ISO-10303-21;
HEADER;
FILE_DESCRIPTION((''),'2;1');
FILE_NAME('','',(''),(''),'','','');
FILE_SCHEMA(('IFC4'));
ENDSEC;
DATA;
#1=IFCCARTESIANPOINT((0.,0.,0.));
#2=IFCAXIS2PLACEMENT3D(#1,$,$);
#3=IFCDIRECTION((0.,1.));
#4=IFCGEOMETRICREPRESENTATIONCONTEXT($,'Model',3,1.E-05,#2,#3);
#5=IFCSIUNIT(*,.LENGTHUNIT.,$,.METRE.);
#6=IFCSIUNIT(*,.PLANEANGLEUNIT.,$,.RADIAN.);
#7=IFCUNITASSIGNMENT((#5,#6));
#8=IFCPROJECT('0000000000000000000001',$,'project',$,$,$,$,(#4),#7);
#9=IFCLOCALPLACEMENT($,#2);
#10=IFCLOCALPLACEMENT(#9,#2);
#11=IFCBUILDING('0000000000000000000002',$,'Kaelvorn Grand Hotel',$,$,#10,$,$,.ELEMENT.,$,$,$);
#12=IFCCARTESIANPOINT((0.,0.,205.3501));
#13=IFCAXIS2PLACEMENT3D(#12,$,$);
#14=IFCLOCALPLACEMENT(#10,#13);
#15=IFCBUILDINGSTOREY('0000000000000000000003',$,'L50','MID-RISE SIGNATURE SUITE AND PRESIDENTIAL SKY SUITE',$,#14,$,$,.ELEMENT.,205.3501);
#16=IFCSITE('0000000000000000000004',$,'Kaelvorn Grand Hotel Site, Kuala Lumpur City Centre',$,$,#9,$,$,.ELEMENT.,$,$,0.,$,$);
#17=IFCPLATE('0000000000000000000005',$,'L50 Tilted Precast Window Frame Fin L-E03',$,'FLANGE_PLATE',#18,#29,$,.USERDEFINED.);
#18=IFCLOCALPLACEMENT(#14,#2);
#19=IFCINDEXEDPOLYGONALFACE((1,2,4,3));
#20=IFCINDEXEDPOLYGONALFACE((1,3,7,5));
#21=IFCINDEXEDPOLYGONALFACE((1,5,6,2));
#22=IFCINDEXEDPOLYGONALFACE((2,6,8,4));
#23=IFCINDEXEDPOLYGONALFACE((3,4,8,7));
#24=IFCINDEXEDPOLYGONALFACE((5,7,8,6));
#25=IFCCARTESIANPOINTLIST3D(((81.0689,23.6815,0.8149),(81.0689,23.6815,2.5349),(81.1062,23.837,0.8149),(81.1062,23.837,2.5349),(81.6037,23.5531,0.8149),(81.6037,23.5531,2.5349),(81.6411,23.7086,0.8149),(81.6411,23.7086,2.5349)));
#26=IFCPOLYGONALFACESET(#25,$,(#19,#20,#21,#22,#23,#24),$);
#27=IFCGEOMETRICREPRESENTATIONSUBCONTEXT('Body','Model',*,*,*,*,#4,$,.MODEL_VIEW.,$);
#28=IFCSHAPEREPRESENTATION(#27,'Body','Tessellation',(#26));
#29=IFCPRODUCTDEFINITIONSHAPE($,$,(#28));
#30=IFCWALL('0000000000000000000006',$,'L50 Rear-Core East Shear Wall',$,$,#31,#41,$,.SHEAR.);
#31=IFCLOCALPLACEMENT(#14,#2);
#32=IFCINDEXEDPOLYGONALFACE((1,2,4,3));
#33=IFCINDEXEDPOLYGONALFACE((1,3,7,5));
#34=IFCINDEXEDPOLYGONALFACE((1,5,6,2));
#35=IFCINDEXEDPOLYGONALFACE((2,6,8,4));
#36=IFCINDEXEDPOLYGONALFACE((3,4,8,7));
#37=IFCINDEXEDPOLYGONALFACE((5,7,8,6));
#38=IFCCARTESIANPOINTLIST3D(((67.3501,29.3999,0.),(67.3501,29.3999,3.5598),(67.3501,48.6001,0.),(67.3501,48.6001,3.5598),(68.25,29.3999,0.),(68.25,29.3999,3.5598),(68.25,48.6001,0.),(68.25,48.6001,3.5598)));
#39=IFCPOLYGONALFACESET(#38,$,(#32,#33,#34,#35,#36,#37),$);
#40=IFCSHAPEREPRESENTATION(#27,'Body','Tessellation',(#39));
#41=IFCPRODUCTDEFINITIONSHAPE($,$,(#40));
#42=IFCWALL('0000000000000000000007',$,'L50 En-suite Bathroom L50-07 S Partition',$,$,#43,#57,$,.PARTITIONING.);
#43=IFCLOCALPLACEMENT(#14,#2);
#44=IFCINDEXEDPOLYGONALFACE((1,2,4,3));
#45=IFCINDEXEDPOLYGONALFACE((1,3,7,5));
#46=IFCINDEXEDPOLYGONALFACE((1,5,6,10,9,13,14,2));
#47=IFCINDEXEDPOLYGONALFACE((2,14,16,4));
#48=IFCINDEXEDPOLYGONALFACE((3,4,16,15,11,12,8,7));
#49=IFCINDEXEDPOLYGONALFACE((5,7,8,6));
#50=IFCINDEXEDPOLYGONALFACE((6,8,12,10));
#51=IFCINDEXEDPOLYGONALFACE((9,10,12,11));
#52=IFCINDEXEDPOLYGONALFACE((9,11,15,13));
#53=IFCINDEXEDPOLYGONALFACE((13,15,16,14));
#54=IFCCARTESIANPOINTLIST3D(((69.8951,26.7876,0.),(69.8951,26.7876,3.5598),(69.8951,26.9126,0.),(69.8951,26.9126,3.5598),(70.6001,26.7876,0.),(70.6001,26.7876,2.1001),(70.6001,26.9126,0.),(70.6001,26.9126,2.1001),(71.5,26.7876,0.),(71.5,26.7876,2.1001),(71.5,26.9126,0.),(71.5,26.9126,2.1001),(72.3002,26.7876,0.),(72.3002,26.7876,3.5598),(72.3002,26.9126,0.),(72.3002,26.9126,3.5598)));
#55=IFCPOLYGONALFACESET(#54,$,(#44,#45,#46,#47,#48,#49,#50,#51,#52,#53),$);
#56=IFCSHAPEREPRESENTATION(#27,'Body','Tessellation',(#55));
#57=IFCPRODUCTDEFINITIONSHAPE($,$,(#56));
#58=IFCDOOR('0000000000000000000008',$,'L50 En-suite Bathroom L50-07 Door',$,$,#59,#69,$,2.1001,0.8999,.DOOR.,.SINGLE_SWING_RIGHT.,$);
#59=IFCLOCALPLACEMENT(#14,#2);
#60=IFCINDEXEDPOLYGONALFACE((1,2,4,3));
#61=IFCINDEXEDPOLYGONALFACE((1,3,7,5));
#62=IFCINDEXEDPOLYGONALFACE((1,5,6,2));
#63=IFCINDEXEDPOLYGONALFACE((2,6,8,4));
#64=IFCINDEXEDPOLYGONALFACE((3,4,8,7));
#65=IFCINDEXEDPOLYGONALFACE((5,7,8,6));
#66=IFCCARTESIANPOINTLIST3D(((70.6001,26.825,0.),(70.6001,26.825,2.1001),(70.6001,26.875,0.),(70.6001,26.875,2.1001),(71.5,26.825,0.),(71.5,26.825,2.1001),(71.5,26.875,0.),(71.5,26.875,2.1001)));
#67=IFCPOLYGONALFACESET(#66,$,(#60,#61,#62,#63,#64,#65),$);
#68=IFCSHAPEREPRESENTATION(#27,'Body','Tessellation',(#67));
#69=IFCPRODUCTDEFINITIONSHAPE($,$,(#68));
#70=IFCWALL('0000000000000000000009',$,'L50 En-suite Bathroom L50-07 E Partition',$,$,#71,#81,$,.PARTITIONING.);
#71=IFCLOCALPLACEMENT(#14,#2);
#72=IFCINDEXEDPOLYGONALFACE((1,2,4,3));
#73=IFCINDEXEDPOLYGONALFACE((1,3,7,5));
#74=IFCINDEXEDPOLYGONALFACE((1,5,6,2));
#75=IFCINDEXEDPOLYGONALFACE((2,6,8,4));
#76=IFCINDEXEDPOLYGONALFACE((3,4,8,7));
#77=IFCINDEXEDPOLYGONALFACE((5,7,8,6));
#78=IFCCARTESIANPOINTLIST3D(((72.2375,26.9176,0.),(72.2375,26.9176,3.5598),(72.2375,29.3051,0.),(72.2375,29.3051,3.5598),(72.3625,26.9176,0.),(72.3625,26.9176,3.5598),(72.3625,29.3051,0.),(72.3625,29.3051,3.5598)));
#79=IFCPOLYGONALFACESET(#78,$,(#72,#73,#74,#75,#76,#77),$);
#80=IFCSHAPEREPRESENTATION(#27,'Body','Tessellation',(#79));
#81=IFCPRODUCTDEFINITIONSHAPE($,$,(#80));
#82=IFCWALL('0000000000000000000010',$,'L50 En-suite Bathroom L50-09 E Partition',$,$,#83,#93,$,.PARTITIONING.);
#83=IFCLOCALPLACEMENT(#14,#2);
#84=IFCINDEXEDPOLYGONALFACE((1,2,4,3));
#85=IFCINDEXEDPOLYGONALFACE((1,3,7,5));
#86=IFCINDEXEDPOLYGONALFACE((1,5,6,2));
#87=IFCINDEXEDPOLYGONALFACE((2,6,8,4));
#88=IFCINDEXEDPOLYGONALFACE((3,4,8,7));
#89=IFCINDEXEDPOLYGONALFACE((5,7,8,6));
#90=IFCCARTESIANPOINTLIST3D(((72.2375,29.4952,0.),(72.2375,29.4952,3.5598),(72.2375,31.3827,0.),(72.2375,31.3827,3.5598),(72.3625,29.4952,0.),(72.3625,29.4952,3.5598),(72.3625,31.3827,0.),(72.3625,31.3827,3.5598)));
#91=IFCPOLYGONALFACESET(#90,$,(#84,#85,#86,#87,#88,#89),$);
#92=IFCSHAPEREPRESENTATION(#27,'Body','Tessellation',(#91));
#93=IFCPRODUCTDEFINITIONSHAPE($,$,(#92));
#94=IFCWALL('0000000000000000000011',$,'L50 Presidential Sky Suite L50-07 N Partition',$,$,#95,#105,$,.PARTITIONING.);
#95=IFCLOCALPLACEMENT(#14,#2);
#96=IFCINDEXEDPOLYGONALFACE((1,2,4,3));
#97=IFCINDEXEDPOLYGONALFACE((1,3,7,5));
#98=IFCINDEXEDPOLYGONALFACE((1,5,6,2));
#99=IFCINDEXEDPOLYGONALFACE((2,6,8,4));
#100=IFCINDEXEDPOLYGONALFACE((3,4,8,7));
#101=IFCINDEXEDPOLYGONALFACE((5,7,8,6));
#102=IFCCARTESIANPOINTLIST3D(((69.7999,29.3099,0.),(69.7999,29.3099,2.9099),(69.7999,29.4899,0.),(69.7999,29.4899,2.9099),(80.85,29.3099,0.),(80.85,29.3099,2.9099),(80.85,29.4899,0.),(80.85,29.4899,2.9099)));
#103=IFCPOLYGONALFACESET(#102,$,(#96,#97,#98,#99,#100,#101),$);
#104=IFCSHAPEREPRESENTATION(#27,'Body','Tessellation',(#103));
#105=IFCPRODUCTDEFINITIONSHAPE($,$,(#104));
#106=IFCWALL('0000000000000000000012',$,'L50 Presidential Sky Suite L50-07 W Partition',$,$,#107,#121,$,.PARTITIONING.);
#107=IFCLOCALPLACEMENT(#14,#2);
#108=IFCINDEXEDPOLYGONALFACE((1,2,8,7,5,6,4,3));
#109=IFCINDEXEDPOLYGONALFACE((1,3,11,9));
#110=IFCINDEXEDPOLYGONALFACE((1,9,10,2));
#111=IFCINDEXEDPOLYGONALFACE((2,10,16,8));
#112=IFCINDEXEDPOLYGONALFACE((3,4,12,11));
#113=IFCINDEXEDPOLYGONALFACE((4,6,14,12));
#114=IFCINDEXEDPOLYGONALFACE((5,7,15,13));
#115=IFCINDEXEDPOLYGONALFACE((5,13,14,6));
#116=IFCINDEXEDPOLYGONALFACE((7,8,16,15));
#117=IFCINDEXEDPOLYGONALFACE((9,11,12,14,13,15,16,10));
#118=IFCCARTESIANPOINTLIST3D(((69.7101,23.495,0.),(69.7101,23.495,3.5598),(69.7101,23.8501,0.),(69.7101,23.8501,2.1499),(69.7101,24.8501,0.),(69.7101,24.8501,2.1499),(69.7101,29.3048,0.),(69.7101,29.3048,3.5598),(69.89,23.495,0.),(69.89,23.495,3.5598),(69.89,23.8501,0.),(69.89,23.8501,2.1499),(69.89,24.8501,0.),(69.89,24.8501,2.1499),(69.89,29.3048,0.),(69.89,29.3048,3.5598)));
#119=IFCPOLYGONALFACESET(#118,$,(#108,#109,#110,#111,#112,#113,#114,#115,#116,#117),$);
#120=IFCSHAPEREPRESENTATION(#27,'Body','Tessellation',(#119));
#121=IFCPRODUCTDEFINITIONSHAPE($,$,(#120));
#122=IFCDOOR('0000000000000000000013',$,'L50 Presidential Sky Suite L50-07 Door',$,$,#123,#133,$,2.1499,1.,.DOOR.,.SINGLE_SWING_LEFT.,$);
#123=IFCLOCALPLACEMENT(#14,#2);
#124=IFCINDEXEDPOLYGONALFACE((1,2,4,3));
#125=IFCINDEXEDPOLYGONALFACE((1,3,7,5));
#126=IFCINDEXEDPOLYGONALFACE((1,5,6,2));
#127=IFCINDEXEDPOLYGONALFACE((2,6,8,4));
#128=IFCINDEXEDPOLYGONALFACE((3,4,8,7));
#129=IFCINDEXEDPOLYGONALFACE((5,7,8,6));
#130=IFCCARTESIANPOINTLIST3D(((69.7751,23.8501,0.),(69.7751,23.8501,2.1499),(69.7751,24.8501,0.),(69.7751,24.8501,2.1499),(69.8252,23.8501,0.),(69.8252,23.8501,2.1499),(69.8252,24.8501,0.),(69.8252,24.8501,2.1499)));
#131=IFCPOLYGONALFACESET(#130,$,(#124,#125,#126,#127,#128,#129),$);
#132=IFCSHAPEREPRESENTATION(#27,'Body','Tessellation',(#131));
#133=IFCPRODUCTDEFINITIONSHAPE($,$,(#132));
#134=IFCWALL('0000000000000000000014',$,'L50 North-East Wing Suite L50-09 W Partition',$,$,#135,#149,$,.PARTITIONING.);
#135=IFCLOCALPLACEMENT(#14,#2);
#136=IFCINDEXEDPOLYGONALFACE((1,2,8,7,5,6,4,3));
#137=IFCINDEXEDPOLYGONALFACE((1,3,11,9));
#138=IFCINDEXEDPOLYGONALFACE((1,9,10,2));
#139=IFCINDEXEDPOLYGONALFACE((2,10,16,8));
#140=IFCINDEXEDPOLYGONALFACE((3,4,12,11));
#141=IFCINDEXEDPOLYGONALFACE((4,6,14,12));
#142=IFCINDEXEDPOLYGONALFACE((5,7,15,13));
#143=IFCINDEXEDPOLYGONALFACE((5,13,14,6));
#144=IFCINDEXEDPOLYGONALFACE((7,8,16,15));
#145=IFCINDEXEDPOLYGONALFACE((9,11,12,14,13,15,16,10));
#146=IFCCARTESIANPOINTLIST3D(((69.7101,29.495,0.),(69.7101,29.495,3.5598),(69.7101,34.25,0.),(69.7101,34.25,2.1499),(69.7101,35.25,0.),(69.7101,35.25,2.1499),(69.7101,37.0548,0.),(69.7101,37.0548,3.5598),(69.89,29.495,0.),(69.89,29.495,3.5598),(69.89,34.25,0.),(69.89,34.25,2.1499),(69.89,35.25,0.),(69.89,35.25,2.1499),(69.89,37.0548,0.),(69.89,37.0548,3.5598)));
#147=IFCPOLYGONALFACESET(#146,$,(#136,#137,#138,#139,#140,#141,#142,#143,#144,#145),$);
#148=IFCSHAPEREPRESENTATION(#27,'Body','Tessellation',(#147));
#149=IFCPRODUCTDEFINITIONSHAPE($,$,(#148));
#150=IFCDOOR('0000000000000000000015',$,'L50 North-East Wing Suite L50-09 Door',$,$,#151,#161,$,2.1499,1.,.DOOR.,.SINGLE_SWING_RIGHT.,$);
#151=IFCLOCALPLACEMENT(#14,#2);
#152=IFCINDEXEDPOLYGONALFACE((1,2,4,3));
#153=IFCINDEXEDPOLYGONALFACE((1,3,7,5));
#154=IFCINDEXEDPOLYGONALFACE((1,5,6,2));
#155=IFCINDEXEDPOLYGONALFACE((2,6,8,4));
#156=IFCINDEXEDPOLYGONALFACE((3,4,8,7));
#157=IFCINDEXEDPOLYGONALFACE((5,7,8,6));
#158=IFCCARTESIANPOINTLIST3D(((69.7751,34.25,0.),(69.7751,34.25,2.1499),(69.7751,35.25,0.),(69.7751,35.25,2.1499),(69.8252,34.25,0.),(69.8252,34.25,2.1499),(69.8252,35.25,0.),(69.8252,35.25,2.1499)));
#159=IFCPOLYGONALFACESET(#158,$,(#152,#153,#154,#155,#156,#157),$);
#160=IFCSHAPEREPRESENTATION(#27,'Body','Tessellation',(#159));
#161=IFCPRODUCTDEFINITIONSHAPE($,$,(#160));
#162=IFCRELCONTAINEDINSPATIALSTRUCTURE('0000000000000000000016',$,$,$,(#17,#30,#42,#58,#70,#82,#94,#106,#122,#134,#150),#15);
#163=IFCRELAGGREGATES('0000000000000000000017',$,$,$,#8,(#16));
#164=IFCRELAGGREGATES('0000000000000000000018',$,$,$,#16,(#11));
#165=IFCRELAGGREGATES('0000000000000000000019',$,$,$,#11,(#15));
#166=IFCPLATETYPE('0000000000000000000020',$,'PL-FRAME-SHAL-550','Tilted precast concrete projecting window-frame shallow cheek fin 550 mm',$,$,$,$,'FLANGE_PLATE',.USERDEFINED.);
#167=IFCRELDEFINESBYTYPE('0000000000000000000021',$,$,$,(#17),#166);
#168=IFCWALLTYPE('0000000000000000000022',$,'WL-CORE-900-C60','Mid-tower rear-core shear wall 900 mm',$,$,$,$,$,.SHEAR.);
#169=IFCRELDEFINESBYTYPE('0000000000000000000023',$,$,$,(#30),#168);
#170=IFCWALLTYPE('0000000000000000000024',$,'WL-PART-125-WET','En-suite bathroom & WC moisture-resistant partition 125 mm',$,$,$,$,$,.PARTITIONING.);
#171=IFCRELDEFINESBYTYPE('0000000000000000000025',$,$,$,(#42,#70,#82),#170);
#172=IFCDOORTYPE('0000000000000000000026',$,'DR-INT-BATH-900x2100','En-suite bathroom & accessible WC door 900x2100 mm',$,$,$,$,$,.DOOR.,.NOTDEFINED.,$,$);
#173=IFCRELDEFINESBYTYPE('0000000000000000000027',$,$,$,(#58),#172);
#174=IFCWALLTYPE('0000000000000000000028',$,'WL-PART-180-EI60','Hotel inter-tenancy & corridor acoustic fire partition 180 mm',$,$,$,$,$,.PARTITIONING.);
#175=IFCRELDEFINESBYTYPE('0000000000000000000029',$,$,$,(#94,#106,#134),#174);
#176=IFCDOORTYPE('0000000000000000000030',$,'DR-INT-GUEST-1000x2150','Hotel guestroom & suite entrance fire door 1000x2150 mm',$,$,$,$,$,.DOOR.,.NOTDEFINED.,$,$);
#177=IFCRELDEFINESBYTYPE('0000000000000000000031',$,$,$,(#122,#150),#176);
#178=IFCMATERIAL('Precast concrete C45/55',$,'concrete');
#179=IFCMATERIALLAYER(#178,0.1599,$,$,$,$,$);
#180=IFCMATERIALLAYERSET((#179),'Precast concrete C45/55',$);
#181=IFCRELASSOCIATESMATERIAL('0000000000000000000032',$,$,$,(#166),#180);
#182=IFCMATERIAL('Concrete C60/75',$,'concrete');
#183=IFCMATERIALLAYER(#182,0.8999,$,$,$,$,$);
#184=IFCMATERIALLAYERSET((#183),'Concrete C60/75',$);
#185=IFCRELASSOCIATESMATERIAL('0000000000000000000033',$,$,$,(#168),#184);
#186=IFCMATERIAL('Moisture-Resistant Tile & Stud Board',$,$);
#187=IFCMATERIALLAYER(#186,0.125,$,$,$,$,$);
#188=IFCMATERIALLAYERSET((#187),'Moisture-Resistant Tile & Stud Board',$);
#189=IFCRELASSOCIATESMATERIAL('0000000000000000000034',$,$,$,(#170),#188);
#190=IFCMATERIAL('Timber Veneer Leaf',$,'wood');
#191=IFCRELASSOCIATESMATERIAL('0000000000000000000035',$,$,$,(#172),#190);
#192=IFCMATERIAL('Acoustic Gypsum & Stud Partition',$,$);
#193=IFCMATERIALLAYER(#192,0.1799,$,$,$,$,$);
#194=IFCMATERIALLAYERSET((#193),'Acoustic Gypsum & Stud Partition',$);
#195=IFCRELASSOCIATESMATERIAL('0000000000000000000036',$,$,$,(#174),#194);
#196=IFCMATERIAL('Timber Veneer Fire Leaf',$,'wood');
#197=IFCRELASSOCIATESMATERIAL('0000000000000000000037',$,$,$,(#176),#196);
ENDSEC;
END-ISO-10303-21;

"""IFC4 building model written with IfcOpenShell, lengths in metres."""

from ifc_helpers import new_model, si_unit, direction, frame, frame_2d, origin, origin_2d, place, context, subcontext, project, spatial, rectangle, extrude, material, layer, layer_set, type_object, element, fill, save


model = new_model("IFC4")

# Units and contexts
model_context = context("Model", 3, precision=1e-05, world=origin(), true_north=direction((0.0, 1.0)))
body_context = subcontext(model_context, "Body", "Model", "MODEL_VIEW")
ifc_project = project(units=[si_unit("LENGTHUNIT", "METRE"), si_unit("PLANEANGLEUNIT", "RADIAN")], contexts=[model_context])

# Site, building, storey
site_placement = place(None, origin())
site = spatial("IfcSite", under=ifc_project, at=site_placement, Name="Kaelvorn Grand Hotel Site, Kuala Lumpur City Centre", CompositionType="ELEMENT", RefElevation=0.0)
building_placement = place(site_placement, origin())
building = spatial("IfcBuilding", under=site, at=building_placement, Name="Kaelvorn Grand Hotel", CompositionType="ELEMENT")
storey_placement = place(building_placement, frame((0.0, 0.0, 205.3501)))
storey = spatial("IfcBuildingStorey", under=building, at=storey_placement, Name="L50", Description="MID-RISE SIGNATURE SUITE AND PRESIDENTIAL SKY SUITE", CompositionType="ELEMENT", Elevation=205.3501)

# Shared definitions
ifc_material_1 = material(Name="Concrete C60/75", Category="concrete")

# Plate
ifc_material_2 = material(Name="Precast concrete C45/55", Category="concrete")
ifc_layer_1 = layer(ifc_material_2, 0.1599)
ifc_layer_set_1 = layer_set([ifc_layer_1], Name="Precast concrete C45/55")
plate_type_1 = type_object("IfcPlateType", Name="PL-FRAME-SHAL-550", Description="Tilted precast concrete projecting window-frame shallow cheek fin 550 mm", ElementType="FLANGE_PLATE", PredefinedType="USERDEFINED", material=ifc_layer_set_1)
for number, where, z_axis, x_axis, name in (
    (1, (81.355, 23.6951, 0.8149), (0.0, 0.0, 1.0), (0.233445, 0.97237, 0.0), "L50 Tilted Precast Window Frame Fin L-E03"),
):
    element("IfcPlate", number, at=place(storey_placement, frame(where, z_axis=z_axis, x_axis=x_axis)), inside=storey, type_object=plate_type_1, Name=name, ObjectType="FLANGE_PLATE", PredefinedType="USERDEFINED", context=body_context, shape_type="SweptSolid", body=[
        extrude(rectangle(XDim=0.1599, YDim=0.55, at=origin_2d()), origin(), (0.0, 0.0, 1.0), 1.72),
    ])

# Wall
ifc_layer_2 = layer(ifc_material_1, 0.8999)
ifc_layer_set_2 = layer_set([ifc_layer_2], Name="Concrete C60/75")
wall_type_1 = type_object("IfcWallType", Name="WL-CORE-900-C60", Description="Mid-tower rear-core shear wall 900 mm", PredefinedType="SHEAR", material=ifc_layer_set_2)
wall_1_placement = place(storey_placement, frame((67.8, 29.3999, 0.0), z_axis=(0.0, 0.0, 1.0), x_axis=(0.0, 1.0, 0.0)))
element("IfcWall", 2, at=wall_1_placement, inside=storey, type_object=wall_type_1, Name="L50 Rear-Core East Shear Wall", PredefinedType="SHEAR", context=body_context, shape_type="SweptSolid", body=[
    extrude(rectangle(XDim=19.2002, YDim=0.8999, at=frame_2d((9.6001, 0.0))), origin(), (0.0, 0.0, 1.0), 3.5598),
])

# Wall, opening, door
ifc_material_3 = material(Name="Moisture-Resistant Tile & Stud Board")
ifc_layer_3 = layer(ifc_material_3, 0.125)
ifc_layer_set_3 = layer_set([ifc_layer_3], Name="Moisture-Resistant Tile & Stud Board")
wall_type_2 = type_object("IfcWallType", Name="WL-PART-125-WET", Description="En-suite bathroom & WC moisture-resistant partition 125 mm", PredefinedType="PARTITIONING", material=ifc_layer_set_3)
wall_2_placement = place(storey_placement, frame((69.895, 26.8501, 0.0), z_axis=(0.0, 0.0, 1.0), x_axis=(1.0, 0.0, 0.0)))
wall_2 = element("IfcWall", 3, at=wall_2_placement, inside=storey, type_object=wall_type_2, Name="L50 En-suite Bathroom L50-07 S Partition", PredefinedType="PARTITIONING", context=body_context, shape_type="SweptSolid", body=[
    extrude(rectangle(XDim=2.405, YDim=0.125, at=frame_2d((1.2026, 0.0))), origin(), (0.0, 0.0, 1.0), 3.5598),
])
opening_1_placement = place(wall_2_placement, frame((0.7051, 0.0, 0.0)))
opening_1 = element("IfcOpeningElement", 4, at=opening_1_placement, cuts=wall_2, PredefinedType="OPENING", context=body_context, shape_type="SweptSolid", body=[
    extrude(rectangle(XDim=0.8999, YDim=2.1001, at=frame_2d((0.45, 1.05))), frame((0.0, 0.0725, 0.0), z_axis=(0.0, -1.0, 0.0), x_axis=(1.0, 0.0, 0.0)), (0.0, 0.0, 1.0), 0.145),
])
ifc_material_4 = material(Name="Timber Veneer Leaf", Category="wood")
door_type_1 = type_object("IfcDoorType", Name="DR-INT-BATH-900x2100", Description="En-suite bathroom & accessible WC door 900x2100 mm", OperationType="NOTDEFINED", PredefinedType="DOOR", material=ifc_material_4)
door_1_placement = place(opening_1_placement, origin())
door_1 = element("IfcDoor", 5, at=door_1_placement, inside=storey, type_object=door_type_1, Name="L50 En-suite Bathroom L50-07 Door", OperationType="SINGLE_SWING_RIGHT", OverallHeight=2.1001, OverallWidth=0.8999, PredefinedType="DOOR", context=body_context, shape_type="SweptSolid", body=[
    extrude(rectangle(XDim=0.8999, YDim=2.1001, at=frame_2d((0.45, 1.05))), frame((0.0, 0.0249, 0.0), z_axis=(0.0, -1.0, 0.0), x_axis=(1.0, 0.0, 0.0)), (0.0, 0.0, 1.0), 0.05),
])
fill(opening_1, door_1)

# Walls
wall_3_placement = place(storey_placement, frame((72.3, 26.9175, 0.0), z_axis=(0.0, 0.0, 1.0), x_axis=(0.0, 1.0, 0.0)))
element("IfcWall", 6, at=wall_3_placement, inside=storey, type_object=wall_type_2, Name="L50 En-suite Bathroom L50-07 E Partition", PredefinedType="PARTITIONING", context=body_context, shape_type="SweptSolid", body=[
    extrude(rectangle(XDim=2.3875, YDim=0.125, at=frame_2d((1.1938, 0.0))), origin(), (0.0, 0.0, 1.0), 3.5598),
])
wall_4_placement = place(storey_placement, frame((72.3, 29.4951, 0.0), z_axis=(0.0, 0.0, 1.0), x_axis=(0.0, 1.0, 0.0)))
element("IfcWall", 7, at=wall_4_placement, inside=storey, type_object=wall_type_2, Name="L50 En-suite Bathroom L50-09 E Partition", PredefinedType="PARTITIONING", context=body_context, shape_type="SweptSolid", body=[
    extrude(rectangle(XDim=1.8875, YDim=0.125, at=frame_2d((0.9438, 0.0))), origin(), (0.0, 0.0, 1.0), 3.5598),
])
ifc_material_5 = material(Name="Acoustic Gypsum & Stud Partition")
ifc_layer_4 = layer(ifc_material_5, 0.1799)
ifc_layer_set_4 = layer_set([ifc_layer_4], Name="Acoustic Gypsum & Stud Partition")
wall_type_3 = type_object("IfcWallType", Name="WL-PART-180-EI60", Description="Hotel inter-tenancy & corridor acoustic fire partition 180 mm", PredefinedType="PARTITIONING", material=ifc_layer_set_4)
wall_5_placement = place(storey_placement, frame((69.8, 29.3999, 0.0), z_axis=(0.0, 0.0, 1.0), x_axis=(1.0, 0.0, 0.0)))
element("IfcWall", 8, at=wall_5_placement, inside=storey, type_object=wall_type_3, Name="L50 Presidential Sky Suite L50-07 N Partition", PredefinedType="PARTITIONING", context=body_context, shape_type="SweptSolid", body=[
    extrude(rectangle(XDim=11.05, YDim=0.1799, at=frame_2d((5.5249, 0.0))), origin(), (0.0, 0.0, 1.0), 2.9099),
])

# Walls, openings, doors
wall_6_placement = place(storey_placement, frame((69.8, 23.4951, 0.0), z_axis=(0.0, 0.0, 1.0), x_axis=(0.0, 1.0, 0.0)))
wall_6 = element("IfcWall", 9, at=wall_6_placement, inside=storey, type_object=wall_type_3, Name="L50 Presidential Sky Suite L50-07 W Partition", PredefinedType="PARTITIONING", context=body_context, shape_type="SweptSolid", body=[
    extrude(rectangle(XDim=5.8098, YDim=0.1799, at=frame_2d((2.9048, 0.0))), origin(), (0.0, 0.0, 1.0), 3.5598),
])
opening_2_placement = place(wall_6_placement, frame((0.355, 0.0, 0.0)))
opening_2 = element("IfcOpeningElement", 10, at=opening_2_placement, cuts=wall_6, PredefinedType="OPENING", context=body_context, shape_type="SweptSolid", body=[
    extrude(rectangle(XDim=1.0, YDim=2.1499, at=frame_2d((0.5, 1.075))), frame((0.0, 0.1001, 0.0), z_axis=(0.0, -1.0, 0.0), x_axis=(1.0, 0.0, 0.0)), (0.0, 0.0, 1.0), 0.2),
])
ifc_material_6 = material(Name="Timber Veneer Fire Leaf", Category="wood")
door_type_2 = type_object("IfcDoorType", Name="DR-INT-GUEST-1000x2150", Description="Hotel guestroom & suite entrance fire door 1000x2150 mm", OperationType="NOTDEFINED", PredefinedType="DOOR", material=ifc_material_6)
door_2_placement = place(opening_2_placement, origin())
door_2 = element("IfcDoor", 11, at=door_2_placement, inside=storey, type_object=door_type_2, Name="L50 Presidential Sky Suite L50-07 Door", OperationType="SINGLE_SWING_LEFT", OverallHeight=2.1499, OverallWidth=1.0, PredefinedType="DOOR", context=body_context, shape_type="SweptSolid", body=[
    extrude(rectangle(XDim=1.0, YDim=2.1499, at=frame_2d((0.5, 1.075))), frame((0.0, 0.0249, 0.0), z_axis=(0.0, -1.0, 0.0), x_axis=(1.0, 0.0, 0.0)), (0.0, 0.0, 1.0), 0.05),
])
fill(opening_2, door_2)
wall_7_placement = place(storey_placement, frame((69.8, 29.4951, 0.0), z_axis=(0.0, 0.0, 1.0), x_axis=(0.0, 1.0, 0.0)))
wall_7 = element("IfcWall", 12, at=wall_7_placement, inside=storey, type_object=wall_type_3, Name="L50 North-East Wing Suite L50-09 W Partition", PredefinedType="PARTITIONING", context=body_context, shape_type="SweptSolid", body=[
    extrude(rectangle(XDim=7.5598, YDim=0.1799, at=frame_2d((3.7798, 0.0))), origin(), (0.0, 0.0, 1.0), 3.5598),
])
opening_3_placement = place(wall_7_placement, frame((4.7549, 0.0, 0.0)))
opening_3 = element("IfcOpeningElement", 13, at=opening_3_placement, cuts=wall_7, PredefinedType="OPENING", context=body_context, shape_type="SweptSolid", body=[
    extrude(rectangle(XDim=1.0, YDim=2.1499, at=frame_2d((0.5, 1.075))), frame((0.0, 0.1001, 0.0), z_axis=(0.0, -1.0, 0.0), x_axis=(1.0, 0.0, 0.0)), (0.0, 0.0, 1.0), 0.2),
])
door_3_placement = place(opening_3_placement, origin())
door_3 = element("IfcDoor", 14, at=door_3_placement, inside=storey, type_object=door_type_2, Name="L50 North-East Wing Suite L50-09 Door", OperationType="SINGLE_SWING_RIGHT", OverallHeight=2.1499, OverallWidth=1.0, PredefinedType="DOOR", context=body_context, shape_type="SweptSolid", body=[
    extrude(rectangle(XDim=1.0, YDim=2.1499, at=frame_2d((0.5, 1.075))), frame((0.0, 0.0249, 0.0), z_axis=(0.0, -1.0, 0.0), x_axis=(1.0, 0.0, 0.0)), (0.0, 0.0, 1.0), 0.05),
])
fill(opening_3, door_3)

save(model, "model.ifc")
